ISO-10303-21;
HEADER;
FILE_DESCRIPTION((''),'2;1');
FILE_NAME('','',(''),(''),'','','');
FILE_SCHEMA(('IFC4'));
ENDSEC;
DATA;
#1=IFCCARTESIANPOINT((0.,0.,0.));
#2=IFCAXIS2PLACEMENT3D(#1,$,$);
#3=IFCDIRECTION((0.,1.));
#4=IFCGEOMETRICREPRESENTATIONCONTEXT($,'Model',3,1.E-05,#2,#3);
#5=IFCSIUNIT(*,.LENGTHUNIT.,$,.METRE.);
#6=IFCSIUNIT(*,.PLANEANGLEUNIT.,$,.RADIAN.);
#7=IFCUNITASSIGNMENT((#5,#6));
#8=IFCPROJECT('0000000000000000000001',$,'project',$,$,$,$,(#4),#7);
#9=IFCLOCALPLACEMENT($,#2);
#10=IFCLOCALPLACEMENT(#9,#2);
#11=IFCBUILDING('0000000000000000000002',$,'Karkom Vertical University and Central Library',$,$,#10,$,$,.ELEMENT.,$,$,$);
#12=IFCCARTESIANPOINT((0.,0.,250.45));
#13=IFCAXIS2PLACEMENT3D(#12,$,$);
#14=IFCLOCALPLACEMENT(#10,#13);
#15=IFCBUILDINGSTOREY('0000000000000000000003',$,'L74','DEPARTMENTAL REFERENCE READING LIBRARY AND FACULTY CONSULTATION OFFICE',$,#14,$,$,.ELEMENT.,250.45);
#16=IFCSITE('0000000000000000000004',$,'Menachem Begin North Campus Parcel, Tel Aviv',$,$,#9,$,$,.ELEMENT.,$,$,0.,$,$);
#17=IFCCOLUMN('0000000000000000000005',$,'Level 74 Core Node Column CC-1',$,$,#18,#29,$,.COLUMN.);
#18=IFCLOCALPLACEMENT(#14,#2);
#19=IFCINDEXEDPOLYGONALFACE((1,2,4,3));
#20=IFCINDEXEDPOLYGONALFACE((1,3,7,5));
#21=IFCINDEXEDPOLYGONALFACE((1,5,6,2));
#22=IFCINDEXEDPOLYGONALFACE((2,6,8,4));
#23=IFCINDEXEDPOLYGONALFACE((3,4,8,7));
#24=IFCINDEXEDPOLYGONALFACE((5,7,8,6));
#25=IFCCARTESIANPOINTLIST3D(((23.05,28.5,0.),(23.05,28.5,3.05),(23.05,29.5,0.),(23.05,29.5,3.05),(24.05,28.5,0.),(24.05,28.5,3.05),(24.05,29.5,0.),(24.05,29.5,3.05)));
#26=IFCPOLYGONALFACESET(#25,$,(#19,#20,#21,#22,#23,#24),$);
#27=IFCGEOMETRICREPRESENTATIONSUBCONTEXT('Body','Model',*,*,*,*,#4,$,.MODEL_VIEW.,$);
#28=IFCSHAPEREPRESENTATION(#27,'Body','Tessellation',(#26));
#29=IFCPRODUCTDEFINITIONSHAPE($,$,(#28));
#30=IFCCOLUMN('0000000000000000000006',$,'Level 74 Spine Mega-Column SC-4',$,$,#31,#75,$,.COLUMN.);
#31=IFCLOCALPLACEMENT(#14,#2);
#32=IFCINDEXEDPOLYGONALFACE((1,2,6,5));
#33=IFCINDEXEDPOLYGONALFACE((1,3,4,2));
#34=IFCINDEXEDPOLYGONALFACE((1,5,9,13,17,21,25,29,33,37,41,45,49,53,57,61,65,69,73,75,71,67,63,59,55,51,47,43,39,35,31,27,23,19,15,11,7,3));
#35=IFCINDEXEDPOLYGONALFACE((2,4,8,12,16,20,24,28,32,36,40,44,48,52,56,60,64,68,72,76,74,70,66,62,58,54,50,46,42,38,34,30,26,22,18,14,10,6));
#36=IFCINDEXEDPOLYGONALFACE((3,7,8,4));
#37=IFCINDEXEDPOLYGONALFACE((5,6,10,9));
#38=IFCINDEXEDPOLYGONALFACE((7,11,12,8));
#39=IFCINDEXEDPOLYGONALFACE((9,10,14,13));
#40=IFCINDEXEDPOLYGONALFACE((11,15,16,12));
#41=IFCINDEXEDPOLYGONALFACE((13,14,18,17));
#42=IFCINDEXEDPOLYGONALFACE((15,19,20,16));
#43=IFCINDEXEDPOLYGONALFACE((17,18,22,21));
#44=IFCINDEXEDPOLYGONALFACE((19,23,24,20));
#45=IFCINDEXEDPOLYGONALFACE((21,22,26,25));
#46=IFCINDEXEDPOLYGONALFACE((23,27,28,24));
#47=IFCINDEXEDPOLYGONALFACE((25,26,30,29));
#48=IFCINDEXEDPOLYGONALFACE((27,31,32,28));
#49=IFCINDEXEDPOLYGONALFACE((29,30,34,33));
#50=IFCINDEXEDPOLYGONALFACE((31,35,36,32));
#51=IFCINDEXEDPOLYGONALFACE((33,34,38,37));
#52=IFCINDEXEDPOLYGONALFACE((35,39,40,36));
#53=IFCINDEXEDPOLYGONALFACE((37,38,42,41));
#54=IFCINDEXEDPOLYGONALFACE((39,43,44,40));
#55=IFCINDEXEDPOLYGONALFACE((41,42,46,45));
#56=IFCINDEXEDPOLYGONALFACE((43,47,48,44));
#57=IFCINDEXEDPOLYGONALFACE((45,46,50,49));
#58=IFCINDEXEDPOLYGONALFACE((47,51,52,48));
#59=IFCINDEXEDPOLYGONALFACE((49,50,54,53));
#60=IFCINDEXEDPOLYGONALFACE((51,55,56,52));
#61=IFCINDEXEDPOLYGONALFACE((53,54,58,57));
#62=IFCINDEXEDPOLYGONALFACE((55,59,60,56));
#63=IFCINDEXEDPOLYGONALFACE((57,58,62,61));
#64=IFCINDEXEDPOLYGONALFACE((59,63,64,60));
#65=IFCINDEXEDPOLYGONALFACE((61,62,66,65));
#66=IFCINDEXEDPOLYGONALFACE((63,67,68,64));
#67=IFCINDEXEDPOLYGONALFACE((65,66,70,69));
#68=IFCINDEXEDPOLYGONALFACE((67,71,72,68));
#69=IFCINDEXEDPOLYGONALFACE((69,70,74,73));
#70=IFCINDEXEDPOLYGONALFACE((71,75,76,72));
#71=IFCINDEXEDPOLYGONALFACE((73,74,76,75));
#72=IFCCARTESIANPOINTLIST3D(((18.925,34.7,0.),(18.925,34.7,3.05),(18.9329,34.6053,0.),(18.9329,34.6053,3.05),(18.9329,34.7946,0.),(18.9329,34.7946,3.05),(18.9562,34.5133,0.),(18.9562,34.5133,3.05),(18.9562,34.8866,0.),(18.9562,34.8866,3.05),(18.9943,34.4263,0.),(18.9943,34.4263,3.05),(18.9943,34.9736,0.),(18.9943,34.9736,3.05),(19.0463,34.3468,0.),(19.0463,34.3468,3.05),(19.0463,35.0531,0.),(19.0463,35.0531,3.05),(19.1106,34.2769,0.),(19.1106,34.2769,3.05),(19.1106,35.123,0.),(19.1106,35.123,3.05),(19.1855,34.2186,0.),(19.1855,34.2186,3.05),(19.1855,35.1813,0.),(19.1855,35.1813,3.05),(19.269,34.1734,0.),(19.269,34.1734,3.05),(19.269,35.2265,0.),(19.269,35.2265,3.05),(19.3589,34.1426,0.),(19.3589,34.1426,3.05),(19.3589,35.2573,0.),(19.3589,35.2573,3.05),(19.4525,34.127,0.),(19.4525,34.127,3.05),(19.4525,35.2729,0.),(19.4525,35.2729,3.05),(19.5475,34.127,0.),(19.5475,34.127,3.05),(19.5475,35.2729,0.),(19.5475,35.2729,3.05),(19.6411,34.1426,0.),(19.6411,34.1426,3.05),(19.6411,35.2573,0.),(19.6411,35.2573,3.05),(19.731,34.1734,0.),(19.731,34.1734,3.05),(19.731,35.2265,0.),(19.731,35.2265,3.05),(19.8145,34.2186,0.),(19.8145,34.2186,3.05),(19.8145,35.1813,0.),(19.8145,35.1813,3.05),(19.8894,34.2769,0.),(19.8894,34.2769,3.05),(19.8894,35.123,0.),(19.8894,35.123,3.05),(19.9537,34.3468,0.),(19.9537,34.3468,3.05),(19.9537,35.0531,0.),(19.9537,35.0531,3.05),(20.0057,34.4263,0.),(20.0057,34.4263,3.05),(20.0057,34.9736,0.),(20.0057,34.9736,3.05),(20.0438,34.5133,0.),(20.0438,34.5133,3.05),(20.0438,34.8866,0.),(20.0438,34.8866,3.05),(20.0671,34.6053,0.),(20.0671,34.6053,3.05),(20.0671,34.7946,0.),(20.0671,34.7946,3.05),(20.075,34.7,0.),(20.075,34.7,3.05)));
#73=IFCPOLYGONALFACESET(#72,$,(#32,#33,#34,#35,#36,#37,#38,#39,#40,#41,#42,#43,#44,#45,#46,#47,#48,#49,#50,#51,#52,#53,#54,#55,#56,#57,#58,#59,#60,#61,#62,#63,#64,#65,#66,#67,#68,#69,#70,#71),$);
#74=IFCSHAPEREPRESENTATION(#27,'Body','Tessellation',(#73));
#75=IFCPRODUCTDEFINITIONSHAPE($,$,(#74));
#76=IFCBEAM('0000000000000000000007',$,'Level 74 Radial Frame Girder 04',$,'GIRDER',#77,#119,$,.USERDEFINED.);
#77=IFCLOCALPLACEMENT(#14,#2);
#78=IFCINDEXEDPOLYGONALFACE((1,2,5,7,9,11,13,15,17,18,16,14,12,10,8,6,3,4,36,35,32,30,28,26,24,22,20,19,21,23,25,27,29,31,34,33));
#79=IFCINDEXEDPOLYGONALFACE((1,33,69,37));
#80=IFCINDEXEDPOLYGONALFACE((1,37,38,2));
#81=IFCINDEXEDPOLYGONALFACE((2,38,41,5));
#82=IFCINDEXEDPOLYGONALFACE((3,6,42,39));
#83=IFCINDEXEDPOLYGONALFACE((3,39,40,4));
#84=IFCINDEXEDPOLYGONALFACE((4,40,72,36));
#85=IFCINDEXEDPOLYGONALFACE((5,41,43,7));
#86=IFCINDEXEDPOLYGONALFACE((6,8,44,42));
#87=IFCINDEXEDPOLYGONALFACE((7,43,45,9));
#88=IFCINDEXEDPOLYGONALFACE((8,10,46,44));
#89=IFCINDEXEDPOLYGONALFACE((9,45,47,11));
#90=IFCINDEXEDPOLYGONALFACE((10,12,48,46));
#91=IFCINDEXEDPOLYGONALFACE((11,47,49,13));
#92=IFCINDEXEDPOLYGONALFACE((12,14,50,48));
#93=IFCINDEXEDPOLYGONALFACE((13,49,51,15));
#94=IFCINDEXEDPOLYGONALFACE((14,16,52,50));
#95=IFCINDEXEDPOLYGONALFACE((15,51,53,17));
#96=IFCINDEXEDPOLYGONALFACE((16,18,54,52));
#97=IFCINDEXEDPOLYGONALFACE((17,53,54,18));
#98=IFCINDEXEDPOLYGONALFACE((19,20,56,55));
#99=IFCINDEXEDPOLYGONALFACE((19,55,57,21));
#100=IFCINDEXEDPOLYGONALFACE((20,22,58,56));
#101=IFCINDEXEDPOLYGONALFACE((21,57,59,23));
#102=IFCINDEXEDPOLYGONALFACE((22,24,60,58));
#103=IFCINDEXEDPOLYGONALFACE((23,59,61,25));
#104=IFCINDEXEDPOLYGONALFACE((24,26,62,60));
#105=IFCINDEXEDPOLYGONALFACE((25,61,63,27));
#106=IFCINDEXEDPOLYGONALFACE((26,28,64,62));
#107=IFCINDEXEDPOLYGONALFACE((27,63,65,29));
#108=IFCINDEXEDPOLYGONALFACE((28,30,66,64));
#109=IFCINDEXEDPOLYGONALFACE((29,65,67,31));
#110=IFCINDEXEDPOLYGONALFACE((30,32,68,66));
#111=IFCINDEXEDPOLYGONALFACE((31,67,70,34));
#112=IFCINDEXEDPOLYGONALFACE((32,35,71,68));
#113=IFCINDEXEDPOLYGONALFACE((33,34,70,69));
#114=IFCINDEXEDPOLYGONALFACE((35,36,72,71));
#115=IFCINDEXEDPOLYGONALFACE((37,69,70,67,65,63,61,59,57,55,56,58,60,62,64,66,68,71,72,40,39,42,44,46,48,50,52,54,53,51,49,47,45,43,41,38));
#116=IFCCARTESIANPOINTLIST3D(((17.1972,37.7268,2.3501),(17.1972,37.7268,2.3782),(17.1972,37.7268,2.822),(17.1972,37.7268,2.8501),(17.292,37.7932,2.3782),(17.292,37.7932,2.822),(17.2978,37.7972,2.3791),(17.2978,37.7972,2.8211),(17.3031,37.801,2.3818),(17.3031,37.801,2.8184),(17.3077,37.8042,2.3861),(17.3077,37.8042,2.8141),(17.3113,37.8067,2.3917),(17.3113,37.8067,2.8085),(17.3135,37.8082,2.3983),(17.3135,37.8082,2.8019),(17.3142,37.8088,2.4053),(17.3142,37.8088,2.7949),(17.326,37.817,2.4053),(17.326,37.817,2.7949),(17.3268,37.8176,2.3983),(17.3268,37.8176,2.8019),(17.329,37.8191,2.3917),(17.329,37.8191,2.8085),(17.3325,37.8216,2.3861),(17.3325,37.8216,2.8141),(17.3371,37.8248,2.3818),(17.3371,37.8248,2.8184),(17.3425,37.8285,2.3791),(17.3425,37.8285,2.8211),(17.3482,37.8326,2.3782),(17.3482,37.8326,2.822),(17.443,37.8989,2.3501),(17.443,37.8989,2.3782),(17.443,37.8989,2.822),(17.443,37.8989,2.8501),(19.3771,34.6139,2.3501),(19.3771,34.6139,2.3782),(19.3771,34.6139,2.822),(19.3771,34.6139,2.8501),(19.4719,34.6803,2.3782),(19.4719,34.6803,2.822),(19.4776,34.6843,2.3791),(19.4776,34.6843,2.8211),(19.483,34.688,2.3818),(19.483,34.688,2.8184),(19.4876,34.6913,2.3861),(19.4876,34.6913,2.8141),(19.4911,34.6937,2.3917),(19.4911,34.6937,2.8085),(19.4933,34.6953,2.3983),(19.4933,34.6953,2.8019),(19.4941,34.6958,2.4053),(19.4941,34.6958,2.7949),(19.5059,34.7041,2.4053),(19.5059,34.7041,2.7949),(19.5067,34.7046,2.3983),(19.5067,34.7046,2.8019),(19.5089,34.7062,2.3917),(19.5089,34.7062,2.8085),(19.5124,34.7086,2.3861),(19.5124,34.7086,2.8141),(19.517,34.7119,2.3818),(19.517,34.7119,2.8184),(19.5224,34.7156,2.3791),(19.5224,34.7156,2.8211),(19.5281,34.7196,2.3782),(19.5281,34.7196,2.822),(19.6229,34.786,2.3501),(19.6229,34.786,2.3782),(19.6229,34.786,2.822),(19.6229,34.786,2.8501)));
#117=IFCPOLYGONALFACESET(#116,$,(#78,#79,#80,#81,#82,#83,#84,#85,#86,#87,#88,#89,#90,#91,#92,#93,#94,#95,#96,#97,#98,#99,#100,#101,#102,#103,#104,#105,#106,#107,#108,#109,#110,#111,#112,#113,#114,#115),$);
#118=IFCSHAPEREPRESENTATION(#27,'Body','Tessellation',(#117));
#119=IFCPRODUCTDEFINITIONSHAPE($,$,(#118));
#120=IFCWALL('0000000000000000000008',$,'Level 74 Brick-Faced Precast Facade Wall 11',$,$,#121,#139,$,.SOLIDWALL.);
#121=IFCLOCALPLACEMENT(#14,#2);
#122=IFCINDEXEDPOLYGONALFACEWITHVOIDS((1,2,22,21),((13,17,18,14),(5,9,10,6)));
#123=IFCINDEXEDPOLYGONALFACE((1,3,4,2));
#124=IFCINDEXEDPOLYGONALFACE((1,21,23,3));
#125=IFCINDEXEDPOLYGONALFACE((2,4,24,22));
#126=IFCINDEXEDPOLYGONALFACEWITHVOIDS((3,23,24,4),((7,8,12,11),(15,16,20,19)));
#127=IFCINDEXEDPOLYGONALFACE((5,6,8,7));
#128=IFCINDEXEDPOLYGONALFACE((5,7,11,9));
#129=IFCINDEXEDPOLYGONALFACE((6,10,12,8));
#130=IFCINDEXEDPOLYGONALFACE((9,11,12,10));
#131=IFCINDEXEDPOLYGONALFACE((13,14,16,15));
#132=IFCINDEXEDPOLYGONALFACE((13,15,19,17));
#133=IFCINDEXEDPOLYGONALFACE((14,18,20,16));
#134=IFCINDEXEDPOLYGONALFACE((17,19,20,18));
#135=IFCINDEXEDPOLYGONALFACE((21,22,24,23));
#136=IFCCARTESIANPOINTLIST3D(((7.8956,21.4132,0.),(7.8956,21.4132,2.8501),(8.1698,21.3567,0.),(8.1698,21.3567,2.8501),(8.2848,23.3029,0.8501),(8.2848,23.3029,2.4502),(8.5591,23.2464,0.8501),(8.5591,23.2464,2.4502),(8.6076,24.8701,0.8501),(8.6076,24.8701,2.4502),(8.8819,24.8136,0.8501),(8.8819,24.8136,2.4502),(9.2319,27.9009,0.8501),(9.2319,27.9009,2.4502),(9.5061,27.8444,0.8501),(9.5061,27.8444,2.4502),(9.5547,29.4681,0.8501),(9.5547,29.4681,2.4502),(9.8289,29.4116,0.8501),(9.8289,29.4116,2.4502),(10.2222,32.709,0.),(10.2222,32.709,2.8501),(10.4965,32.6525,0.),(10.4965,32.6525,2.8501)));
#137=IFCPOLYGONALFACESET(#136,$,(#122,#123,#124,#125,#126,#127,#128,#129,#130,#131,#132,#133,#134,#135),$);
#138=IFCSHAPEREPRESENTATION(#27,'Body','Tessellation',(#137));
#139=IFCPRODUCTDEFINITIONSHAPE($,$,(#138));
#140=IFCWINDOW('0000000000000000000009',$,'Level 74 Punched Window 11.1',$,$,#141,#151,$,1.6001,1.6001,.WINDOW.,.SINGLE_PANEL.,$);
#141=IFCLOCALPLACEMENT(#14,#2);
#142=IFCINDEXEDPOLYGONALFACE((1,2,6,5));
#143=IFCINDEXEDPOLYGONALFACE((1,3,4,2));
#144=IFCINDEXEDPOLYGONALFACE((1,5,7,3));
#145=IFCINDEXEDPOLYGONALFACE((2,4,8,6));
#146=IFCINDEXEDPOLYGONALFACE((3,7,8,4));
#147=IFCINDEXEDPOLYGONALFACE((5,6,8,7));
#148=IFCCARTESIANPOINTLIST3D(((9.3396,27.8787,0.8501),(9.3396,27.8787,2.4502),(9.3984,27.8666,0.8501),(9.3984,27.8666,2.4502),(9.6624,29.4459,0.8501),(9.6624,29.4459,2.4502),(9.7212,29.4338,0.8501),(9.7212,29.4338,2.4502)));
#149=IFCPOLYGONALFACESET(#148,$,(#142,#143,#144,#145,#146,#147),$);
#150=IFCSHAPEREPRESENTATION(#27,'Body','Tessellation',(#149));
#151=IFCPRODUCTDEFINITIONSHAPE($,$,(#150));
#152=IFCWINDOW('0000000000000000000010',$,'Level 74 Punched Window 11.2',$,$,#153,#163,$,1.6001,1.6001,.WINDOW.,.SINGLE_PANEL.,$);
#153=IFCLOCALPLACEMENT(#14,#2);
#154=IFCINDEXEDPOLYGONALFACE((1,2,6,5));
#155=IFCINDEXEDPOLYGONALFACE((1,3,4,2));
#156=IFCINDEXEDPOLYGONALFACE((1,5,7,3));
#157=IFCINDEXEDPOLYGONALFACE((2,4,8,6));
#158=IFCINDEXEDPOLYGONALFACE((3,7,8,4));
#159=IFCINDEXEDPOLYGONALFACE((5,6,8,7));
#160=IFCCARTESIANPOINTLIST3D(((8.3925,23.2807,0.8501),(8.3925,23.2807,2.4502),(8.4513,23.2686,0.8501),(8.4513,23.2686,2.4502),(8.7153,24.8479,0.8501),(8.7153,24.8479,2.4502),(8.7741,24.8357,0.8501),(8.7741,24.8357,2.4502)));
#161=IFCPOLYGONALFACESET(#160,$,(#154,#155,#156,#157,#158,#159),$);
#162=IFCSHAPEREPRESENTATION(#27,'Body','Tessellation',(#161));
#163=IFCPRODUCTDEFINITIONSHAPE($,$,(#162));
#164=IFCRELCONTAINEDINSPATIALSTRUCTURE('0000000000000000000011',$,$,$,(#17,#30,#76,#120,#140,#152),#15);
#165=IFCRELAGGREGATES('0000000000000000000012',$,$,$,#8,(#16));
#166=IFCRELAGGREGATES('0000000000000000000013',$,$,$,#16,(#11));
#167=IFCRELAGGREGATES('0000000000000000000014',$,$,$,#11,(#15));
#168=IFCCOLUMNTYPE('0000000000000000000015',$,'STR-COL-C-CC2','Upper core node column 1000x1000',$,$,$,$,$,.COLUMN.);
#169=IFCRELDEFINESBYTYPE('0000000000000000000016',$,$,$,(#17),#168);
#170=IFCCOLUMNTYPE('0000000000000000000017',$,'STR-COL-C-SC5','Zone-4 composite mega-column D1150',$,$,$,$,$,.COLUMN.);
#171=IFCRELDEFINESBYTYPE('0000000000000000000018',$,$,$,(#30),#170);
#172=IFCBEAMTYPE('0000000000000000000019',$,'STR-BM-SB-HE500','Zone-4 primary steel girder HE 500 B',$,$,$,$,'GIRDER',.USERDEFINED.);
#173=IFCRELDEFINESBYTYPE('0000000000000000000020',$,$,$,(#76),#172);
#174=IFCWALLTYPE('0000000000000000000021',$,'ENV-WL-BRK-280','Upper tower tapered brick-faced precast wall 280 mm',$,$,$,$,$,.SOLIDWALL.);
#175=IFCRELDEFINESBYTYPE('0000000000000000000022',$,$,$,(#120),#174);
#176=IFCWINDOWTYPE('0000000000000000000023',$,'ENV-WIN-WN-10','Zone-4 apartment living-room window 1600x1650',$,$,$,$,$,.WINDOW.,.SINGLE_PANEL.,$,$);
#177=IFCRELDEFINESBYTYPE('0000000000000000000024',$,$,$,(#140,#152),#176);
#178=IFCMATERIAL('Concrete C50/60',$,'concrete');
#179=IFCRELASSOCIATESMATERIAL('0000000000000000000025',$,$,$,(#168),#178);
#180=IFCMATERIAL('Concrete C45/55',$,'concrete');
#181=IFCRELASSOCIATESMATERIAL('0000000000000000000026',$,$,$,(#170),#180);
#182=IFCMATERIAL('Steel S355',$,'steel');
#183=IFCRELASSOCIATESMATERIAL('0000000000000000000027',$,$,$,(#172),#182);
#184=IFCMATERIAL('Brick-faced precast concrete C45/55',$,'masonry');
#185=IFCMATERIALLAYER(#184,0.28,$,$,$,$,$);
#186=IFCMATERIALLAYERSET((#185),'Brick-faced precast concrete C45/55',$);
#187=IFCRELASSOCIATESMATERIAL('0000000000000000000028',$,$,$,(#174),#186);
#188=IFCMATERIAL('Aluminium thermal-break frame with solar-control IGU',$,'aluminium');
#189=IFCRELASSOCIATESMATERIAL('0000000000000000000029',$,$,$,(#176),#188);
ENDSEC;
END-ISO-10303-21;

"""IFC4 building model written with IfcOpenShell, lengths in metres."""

from ifc_helpers import new_model, si_unit, direction, frame, frame_2d, origin, origin_with_axes, origin_2d, place, context, subcontext, project, spatial, rectangle, circle, i_section, extrude, source, transform, mapped, material, layer, layer_set, material_profile, profile_set, type_object, element, fill, save


model = new_model("IFC4")

# Units and contexts
model_context = context("Model", 3, precision=1e-05, world=origin(), true_north=direction((0.0, 1.0)))
body_context = subcontext(model_context, "Body", "Model", "MODEL_VIEW")
ifc_project = project(units=[si_unit("LENGTHUNIT", "METRE"), si_unit("PLANEANGLEUNIT", "RADIAN")], contexts=[model_context])

# Site, building, storey
site_placement = place(None, origin())
site = spatial("IfcSite", under=ifc_project, at=site_placement, Name="Menachem Begin North Campus Parcel, Tel Aviv", CompositionType="ELEMENT", RefElevation=0.0)
building_placement = place(site_placement, origin())
building = spatial("IfcBuilding", under=site, at=building_placement, Name="Karkom Vertical University and Central Library", CompositionType="ELEMENT")
storey_placement = place(building_placement, frame((0.0, 0.0, 250.45)))
storey = spatial("IfcBuildingStorey", under=building, at=storey_placement, Name="L74", Description="DEPARTMENTAL REFERENCE READING LIBRARY AND FACULTY CONSULTATION OFFICE", CompositionType="ELEMENT", Elevation=250.45)

# Columns
ifc_material_1 = material(Name="Concrete C50/60", Category="concrete")
ifc_material_profile_1 = material_profile(ifc_material_1, rectangle(XDim=1.0, YDim=1.0, at=origin_2d()), Name="RC-1000x1000")
ifc_profile_set_1 = profile_set([ifc_material_profile_1], Name="Concrete C50/60")
column_type_1 = type_object("IfcColumnType", Name="STR-COL-C-CC2", Description="Upper core node column 1000x1000", PredefinedType="COLUMN", material=ifc_profile_set_1)
shared_shape_1 = source(origin_with_axes(), body_context, "Body", "SweptSolid", [
    extrude(rectangle(XDim=1.0, YDim=1.0, at=origin_2d()), origin(), (0.0, 0.0, 1.0), 3.05),
])
column_1_placement = place(storey_placement, frame((23.55, 29.0, 0.0), z_axis=(0.0, 0.0, 1.0), x_axis=(1.0, 0.0, 0.0)))
element("IfcColumn", 1, at=column_1_placement, inside=storey, type_object=column_type_1, Name="Level 74 Core Node Column CC-1", PredefinedType="COLUMN", context=body_context, shape_type="MappedRepresentation", body=[
    mapped(shared_shape_1, transform((0.0, 0.0, 0.0), scale=1.0)),
])
ifc_material_2 = material(Name="Concrete C45/55", Category="concrete")
ifc_material_profile_2 = material_profile(ifc_material_2, circle(Radius=0.575, at=origin_2d()), Name="CFT-D1150")
ifc_profile_set_2 = profile_set([ifc_material_profile_2], Name="Concrete C45/55")
column_type_2 = type_object("IfcColumnType", Name="STR-COL-C-SC5", Description="Zone-4 composite mega-column D1150", PredefinedType="COLUMN", material=ifc_profile_set_2)
shared_shape_2 = source(origin_with_axes(), body_context, "Body", "SweptSolid", [
    extrude(circle(Radius=0.575, at=origin_2d()), origin(), (0.0, 0.0, 1.0), 3.05),
])
column_2_placement = place(storey_placement, frame((19.5, 34.7, 0.0), z_axis=(0.0, 0.0, 1.0), x_axis=(1.0, 0.0, 0.0)))
element("IfcColumn", 2, at=column_2_placement, inside=storey, type_object=column_type_2, Name="Level 74 Spine Mega-Column SC-4", PredefinedType="COLUMN", context=body_context, shape_type="MappedRepresentation", body=[
    mapped(shared_shape_2, transform((0.0, 0.0, 0.0), scale=1.0)),
])

# Beam
ifc_material_3 = material(Name="Steel S355", Category="steel")
ifc_material_profile_3 = material_profile(ifc_material_3, i_section(OverallWidth=0.3, OverallDepth=0.5, WebThickness=0.0144, FlangeThickness=0.0281, FilletRadius=0.0271, at=origin_2d()), Name="HE 500 B")
ifc_profile_set_3 = profile_set([ifc_material_profile_3], Name="Steel S355")
beam_type = type_object("IfcBeamType", Name="STR-BM-SB-HE500", Description="Zone-4 primary steel girder HE 500 B", ElementType="GIRDER", PredefinedType="USERDEFINED", material=ifc_profile_set_3)
shared_shape_3 = source(origin_with_axes(), body_context, "Body", "SweptSolid", [
    extrude(i_section(OverallWidth=0.3, OverallDepth=0.5, WebThickness=0.0144, FlangeThickness=0.0281, FilletRadius=0.0271, at=origin_2d()), origin(), (0.0, 0.0, 1.0), 3.8003),
])
beam_placement = place(storey_placement, frame((19.5, 34.7, 2.6001), z_axis=(-0.573605, 0.819132, 0.0), x_axis=(-0.819132, -0.573605, 0.0)))
element("IfcBeam", 3, at=beam_placement, inside=storey, type_object=beam_type, Name="Level 74 Radial Frame Girder 04", ObjectType="GIRDER", PredefinedType="USERDEFINED", context=body_context, shape_type="MappedRepresentation", body=[
    mapped(shared_shape_3, transform((0.0, 0.0, 0.0), scale=1.0)),
])

# Wall, openings, windows
ifc_material_4 = material(Name="Brick-faced precast concrete C45/55", Category="masonry")
ifc_layer_1 = layer(ifc_material_4, 0.28)
ifc_layer_set_1 = layer_set([ifc_layer_1], Name="Brick-faced precast concrete C45/55")
wall_type_1 = type_object("IfcWallType", Name="ENV-WL-BRK-280", Description="Upper tower tapered brick-faced precast wall 280 mm", PredefinedType="SOLIDWALL", material=ifc_layer_set_1)
wall_1_placement = place(storey_placement, frame((10.3594, 32.6809, 0.0), z_axis=(0.0, 0.0, 1.0), x_axis=(-0.201739, -0.979439, 0.0)))
wall_1 = element("IfcWall", 4, at=wall_1_placement, inside=storey, type_object=wall_type_1, Name="Level 74 Brick-Faced Precast Facade Wall 11", PredefinedType="SOLIDWALL", context=body_context, shape_type="SweptSolid", body=[
    extrude(rectangle(XDim=11.533, YDim=0.28, at=frame_2d((5.7666, 0.0))), origin(), (0.0, 0.0, 1.0), 2.8501),
])
opening_1_placement = place(wall_1_placement, frame((3.3091, 0.0, 0.8501)))
opening_1 = element("IfcOpeningElement", 5, at=opening_1_placement, cuts=wall_1, PredefinedType="OPENING", context=body_context, shape_type="SweptSolid", body=[
    extrude(rectangle(XDim=1.6001, YDim=1.6001, at=frame_2d((0.8, 0.8))), frame((0.0, 0.1499, 0.0), z_axis=(0.0, -1.0, 0.0), x_axis=(1.0, 0.0, 0.0)), (0.0, 0.0, 1.0), 0.3),
])
opening_2_placement = place(wall_1_placement, frame((8.0037, 0.0, 0.8501)))
opening_2 = element("IfcOpeningElement", 6, at=opening_2_placement, cuts=wall_1, PredefinedType="OPENING", context=body_context, shape_type="SweptSolid", body=[
    extrude(rectangle(XDim=1.6001, YDim=1.6001, at=frame_2d((0.8, 0.8))), frame((0.0, 0.1499, 0.0), z_axis=(0.0, -1.0, 0.0), x_axis=(1.0, 0.0, 0.0)), (0.0, 0.0, 1.0), 0.3),
])
ifc_material_5 = material(Name="Aluminium thermal-break frame with solar-control IGU", Category="aluminium")
window_type = type_object("IfcWindowType", Name="ENV-WIN-WN-10", Description="Zone-4 apartment living-room window 1600x1650", PartitioningType="SINGLE_PANEL", PredefinedType="WINDOW", material=ifc_material_5)
shared_shape_4 = source(origin_with_axes(), body_context, "Body", "SweptSolid", [
    extrude(rectangle(XDim=1.6001, YDim=1.6001, at=frame_2d((0.8, 0.8))), frame((0.0, 0.03, 0.0), z_axis=(0.0, -1.0, 0.0), x_axis=(1.0, 0.0, 0.0)), (0.0, 0.0, 1.0), 0.0601),
])
window_1_placement = place(opening_1_placement, origin())
window_1 = element("IfcWindow", 7, at=window_1_placement, inside=storey, type_object=window_type, Name="Level 74 Punched Window 11.1", OverallHeight=1.6001, OverallWidth=1.6001, PartitioningType="SINGLE_PANEL", PredefinedType="WINDOW", context=body_context, shape_type="MappedRepresentation", body=[
    mapped(shared_shape_4, transform((0.0, 0.0, 0.0), scale=1.0)),
])
fill(opening_1, window_1)
window_2_placement = place(opening_2_placement, origin())
window_2 = element("IfcWindow", 8, at=window_2_placement, inside=storey, type_object=window_type, Name="Level 74 Punched Window 11.2", OverallHeight=1.6001, OverallWidth=1.6001, PartitioningType="SINGLE_PANEL", PredefinedType="WINDOW", context=body_context, shape_type="MappedRepresentation", body=[
    mapped(shared_shape_4, transform((0.0, 0.0, 0.0), scale=1.0)),
])
fill(opening_2, window_2)

save(model, "model.ifc")
